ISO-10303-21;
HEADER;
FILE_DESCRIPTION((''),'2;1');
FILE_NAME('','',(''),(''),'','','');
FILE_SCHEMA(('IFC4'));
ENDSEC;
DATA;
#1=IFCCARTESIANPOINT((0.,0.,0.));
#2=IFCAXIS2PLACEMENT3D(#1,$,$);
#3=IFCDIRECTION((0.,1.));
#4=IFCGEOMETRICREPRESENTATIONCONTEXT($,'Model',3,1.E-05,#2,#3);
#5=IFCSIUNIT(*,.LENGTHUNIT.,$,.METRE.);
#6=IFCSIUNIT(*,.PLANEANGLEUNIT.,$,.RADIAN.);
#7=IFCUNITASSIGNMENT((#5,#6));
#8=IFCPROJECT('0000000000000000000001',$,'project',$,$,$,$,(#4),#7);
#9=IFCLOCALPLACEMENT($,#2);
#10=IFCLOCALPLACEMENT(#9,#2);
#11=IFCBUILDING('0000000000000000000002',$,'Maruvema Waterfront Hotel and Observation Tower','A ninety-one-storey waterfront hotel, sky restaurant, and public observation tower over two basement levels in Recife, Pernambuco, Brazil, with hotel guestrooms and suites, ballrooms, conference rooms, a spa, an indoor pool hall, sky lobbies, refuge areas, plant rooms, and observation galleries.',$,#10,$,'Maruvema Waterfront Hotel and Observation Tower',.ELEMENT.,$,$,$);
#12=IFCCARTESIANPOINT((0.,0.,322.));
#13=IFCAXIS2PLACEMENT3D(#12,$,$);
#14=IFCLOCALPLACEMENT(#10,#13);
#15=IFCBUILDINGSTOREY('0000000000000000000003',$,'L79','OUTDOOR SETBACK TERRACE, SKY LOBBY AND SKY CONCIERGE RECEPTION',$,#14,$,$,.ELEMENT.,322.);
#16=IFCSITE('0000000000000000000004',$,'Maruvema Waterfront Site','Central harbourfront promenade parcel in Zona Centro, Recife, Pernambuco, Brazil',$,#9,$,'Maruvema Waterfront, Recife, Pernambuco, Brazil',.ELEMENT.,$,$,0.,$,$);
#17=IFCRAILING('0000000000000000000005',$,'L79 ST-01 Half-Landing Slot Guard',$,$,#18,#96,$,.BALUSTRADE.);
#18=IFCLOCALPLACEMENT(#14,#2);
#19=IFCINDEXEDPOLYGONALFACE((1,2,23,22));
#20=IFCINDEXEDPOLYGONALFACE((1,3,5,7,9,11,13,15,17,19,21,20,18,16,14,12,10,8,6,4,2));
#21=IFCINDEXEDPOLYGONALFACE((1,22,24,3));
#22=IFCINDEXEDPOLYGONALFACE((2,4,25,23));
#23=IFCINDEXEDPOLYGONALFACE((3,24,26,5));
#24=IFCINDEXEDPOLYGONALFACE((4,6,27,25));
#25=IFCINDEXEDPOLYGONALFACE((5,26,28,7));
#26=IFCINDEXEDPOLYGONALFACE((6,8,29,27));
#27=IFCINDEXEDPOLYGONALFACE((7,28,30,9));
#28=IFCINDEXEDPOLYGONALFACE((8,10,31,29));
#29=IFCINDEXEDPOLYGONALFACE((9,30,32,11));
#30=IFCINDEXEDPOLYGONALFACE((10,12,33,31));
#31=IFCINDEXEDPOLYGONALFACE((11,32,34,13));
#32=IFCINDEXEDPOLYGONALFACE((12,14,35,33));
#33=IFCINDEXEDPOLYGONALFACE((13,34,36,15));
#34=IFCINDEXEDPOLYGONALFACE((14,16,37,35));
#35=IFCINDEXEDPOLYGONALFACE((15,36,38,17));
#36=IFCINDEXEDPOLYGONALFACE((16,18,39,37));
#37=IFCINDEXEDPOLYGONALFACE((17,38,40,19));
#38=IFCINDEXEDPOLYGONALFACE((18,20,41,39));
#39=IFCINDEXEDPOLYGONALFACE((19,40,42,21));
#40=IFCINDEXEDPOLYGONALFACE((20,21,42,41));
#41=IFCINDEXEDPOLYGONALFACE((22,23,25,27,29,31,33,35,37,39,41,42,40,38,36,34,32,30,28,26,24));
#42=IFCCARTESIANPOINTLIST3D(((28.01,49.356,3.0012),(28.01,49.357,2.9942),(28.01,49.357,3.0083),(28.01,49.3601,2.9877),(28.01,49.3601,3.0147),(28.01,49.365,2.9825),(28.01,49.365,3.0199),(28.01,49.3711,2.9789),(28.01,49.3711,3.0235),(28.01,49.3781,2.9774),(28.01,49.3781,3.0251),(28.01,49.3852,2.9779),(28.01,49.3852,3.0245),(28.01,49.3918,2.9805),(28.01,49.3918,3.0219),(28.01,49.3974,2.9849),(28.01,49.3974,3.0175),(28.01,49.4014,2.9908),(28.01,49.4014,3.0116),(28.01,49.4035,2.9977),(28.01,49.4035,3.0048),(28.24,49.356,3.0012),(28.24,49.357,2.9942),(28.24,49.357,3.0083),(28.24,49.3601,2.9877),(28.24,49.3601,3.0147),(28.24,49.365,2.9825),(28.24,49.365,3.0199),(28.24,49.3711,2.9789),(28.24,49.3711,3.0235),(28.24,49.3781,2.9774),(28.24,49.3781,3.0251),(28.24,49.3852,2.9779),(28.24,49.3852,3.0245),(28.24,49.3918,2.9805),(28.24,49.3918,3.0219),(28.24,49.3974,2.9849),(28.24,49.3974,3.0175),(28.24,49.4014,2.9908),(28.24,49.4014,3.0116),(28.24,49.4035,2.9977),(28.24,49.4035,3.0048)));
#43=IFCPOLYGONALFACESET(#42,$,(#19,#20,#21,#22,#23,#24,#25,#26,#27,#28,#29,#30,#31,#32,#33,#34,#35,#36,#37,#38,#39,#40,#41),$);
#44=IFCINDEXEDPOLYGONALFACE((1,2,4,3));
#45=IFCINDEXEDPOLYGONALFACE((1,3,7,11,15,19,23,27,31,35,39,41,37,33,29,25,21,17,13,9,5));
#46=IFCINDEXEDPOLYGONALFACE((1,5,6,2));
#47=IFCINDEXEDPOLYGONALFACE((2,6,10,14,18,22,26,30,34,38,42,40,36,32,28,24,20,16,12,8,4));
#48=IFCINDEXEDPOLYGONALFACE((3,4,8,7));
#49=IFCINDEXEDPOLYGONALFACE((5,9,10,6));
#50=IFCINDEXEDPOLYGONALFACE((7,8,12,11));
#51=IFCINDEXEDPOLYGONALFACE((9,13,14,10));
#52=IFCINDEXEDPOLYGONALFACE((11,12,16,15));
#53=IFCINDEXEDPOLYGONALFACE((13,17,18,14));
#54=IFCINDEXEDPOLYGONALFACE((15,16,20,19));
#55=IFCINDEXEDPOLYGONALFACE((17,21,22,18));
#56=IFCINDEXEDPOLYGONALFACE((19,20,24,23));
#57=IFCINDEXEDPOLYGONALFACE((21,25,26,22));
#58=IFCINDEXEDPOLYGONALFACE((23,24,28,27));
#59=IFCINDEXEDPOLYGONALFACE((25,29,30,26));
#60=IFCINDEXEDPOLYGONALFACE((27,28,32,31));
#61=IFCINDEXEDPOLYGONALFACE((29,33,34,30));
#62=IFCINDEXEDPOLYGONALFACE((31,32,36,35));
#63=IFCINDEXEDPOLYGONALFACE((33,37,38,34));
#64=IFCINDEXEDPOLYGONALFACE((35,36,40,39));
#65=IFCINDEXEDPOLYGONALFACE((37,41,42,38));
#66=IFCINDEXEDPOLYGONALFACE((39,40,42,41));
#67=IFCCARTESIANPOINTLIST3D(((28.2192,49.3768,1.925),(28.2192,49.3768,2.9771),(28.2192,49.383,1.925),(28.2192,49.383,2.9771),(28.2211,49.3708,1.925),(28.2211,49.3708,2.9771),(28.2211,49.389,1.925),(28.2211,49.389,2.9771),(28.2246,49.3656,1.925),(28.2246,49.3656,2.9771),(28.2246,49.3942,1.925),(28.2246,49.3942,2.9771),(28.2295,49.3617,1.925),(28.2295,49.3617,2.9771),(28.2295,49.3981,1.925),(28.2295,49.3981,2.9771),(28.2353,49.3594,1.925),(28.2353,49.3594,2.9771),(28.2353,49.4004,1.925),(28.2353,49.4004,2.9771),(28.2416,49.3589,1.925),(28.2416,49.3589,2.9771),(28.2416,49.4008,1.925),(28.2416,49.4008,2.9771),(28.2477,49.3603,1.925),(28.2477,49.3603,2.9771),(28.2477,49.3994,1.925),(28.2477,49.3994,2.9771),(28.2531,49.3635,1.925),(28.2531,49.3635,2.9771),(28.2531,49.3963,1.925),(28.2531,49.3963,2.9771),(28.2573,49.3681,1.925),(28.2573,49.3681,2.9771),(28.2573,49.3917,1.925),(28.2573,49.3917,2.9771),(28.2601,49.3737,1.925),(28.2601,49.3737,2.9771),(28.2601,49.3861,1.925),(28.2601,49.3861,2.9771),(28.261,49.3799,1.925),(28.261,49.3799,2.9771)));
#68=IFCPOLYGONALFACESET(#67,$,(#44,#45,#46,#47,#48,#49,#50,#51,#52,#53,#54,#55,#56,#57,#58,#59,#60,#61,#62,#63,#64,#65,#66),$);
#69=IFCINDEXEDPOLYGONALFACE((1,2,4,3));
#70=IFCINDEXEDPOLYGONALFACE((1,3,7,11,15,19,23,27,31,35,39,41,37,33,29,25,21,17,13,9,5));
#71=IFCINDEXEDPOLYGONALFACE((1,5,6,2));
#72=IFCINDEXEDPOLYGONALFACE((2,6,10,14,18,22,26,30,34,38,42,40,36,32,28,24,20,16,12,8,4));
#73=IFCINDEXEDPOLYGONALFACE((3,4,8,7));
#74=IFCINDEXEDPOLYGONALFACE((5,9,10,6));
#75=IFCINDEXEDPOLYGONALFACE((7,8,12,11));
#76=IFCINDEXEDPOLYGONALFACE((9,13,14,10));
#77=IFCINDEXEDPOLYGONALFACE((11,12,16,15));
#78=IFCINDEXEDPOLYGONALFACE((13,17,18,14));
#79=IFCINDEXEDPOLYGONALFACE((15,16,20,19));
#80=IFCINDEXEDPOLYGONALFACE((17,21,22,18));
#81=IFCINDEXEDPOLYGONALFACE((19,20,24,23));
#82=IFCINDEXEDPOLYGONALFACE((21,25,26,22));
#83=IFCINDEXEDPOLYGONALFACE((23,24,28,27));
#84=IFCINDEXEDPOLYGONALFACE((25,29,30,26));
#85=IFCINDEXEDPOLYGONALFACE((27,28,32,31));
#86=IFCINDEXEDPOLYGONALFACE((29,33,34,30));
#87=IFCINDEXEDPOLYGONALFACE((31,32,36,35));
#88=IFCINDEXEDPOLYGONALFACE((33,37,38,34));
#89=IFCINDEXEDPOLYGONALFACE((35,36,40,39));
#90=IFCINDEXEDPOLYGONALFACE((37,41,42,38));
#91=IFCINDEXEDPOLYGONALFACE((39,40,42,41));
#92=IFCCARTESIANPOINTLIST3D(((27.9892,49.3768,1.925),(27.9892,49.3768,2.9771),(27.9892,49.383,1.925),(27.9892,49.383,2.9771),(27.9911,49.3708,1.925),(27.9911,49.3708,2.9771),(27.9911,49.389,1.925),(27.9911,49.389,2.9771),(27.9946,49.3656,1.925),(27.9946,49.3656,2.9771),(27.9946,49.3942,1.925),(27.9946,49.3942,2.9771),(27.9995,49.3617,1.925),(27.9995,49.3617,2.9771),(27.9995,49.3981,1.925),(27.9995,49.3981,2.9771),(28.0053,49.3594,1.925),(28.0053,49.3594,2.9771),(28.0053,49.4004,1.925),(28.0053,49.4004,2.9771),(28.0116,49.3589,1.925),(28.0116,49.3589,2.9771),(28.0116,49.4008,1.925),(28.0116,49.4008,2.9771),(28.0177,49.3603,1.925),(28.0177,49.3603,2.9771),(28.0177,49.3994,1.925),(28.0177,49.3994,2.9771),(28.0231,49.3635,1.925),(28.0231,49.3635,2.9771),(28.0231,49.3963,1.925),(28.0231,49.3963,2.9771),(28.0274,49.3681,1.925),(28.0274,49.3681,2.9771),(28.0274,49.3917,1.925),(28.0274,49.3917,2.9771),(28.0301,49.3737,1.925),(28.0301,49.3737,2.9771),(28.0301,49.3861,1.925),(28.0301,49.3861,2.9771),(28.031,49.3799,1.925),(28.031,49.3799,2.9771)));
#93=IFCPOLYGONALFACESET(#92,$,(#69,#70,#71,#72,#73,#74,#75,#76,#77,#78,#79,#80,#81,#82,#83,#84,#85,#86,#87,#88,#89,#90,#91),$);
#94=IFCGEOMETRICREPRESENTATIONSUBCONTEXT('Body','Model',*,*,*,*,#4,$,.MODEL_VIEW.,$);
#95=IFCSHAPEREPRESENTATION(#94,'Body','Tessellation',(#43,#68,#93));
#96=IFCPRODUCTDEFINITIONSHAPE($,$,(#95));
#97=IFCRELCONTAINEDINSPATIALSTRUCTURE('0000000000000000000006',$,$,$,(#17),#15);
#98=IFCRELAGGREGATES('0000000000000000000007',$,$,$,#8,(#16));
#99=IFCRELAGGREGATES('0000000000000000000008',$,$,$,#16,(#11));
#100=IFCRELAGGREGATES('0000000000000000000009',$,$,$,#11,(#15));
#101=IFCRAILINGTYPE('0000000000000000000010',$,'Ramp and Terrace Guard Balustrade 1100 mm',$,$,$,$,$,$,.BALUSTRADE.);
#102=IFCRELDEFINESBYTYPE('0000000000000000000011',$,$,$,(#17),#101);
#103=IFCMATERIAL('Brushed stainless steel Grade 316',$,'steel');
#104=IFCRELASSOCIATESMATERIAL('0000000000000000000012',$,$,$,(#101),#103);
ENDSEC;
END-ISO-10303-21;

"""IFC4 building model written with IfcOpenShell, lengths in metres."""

from ifc_helpers import new_model, si_unit, direction, frame, origin, origin_2d, place, context, subcontext, project, spatial, circle, extrude, material, type_object, element, save


model = new_model("IFC4")

# Units and contexts
model_context = context("Model", 3, precision=1e-05, world=origin(), true_north=direction((0.0, 1.0)))
body_context = subcontext(model_context, "Body", "Model", "MODEL_VIEW")
ifc_project = project(units=[si_unit("LENGTHUNIT", "METRE"), si_unit("PLANEANGLEUNIT", "RADIAN")], contexts=[model_context])

# Site, building, storey
site_placement = place(None, origin())
site = spatial("IfcSite", under=ifc_project, at=site_placement, Name="Maruvema Waterfront Site", Description="Central harbourfront promenade parcel in Zona Centro, Recife, Pernambuco, Brazil", LongName="Maruvema Waterfront, Recife, Pernambuco, Brazil", CompositionType="ELEMENT", RefElevation=0.0)
building_placement = place(site_placement, origin())
building = spatial("IfcBuilding", under=site, at=building_placement, Name="Maruvema Waterfront Hotel and Observation Tower", Description="A ninety-one-storey waterfront hotel, sky restaurant, and public observation tower over two basement levels in Recife, Pernambuco, Brazil, with hotel guestrooms and suites, ballrooms, conference rooms, a spa, an indoor pool hall, sky lobbies, refuge areas, plant rooms, and observation galleries.", LongName="Maruvema Waterfront Hotel and Observation Tower", CompositionType="ELEMENT")
storey_placement = place(building_placement, frame((0.0, 0.0, 322.0)))
storey = spatial("IfcBuildingStorey", under=building, at=storey_placement, Name="L79", Description="OUTDOOR SETBACK TERRACE, SKY LOBBY AND SKY CONCIERGE RECEPTION", CompositionType="ELEMENT", Elevation=322.0)

# Railing
ifc_material_1 = material(Name="Brushed stainless steel Grade 316", Category="steel")
railing_type_1 = type_object("IfcRailingType", Name="Ramp and Terrace Guard Balustrade 1100 mm", PredefinedType="BALUSTRADE", material=ifc_material_1)
railing_1_placement = place(storey_placement, frame((28.24, 49.3799, 1.925)))
element("IfcRailing", 1, at=railing_1_placement, inside=storey, type_object=railing_type_1, Name="L79 ST-01 Half-Landing Slot Guard", PredefinedType="BALUSTRADE", context=body_context, shape_type="SweptSolid", body=[
    extrude(circle(Radius=0.0239, at=origin_2d()), frame((0.0, 0.0, 1.0762), z_axis=(-1.0, 0.0, 0.0), x_axis=(0.0, -1.0, 0.0)), (0.0, 0.0, 1.0), 0.23),
    extrude(circle(Radius=0.021, at=origin_2d()), origin(), (0.0, 0.0, 1.0), 1.052),
    extrude(circle(Radius=0.021, at=origin_2d()), frame((-0.23, 0.0, 0.0)), (0.0, 0.0, 1.0), 1.052),
])

save(model, "model.ifc")
